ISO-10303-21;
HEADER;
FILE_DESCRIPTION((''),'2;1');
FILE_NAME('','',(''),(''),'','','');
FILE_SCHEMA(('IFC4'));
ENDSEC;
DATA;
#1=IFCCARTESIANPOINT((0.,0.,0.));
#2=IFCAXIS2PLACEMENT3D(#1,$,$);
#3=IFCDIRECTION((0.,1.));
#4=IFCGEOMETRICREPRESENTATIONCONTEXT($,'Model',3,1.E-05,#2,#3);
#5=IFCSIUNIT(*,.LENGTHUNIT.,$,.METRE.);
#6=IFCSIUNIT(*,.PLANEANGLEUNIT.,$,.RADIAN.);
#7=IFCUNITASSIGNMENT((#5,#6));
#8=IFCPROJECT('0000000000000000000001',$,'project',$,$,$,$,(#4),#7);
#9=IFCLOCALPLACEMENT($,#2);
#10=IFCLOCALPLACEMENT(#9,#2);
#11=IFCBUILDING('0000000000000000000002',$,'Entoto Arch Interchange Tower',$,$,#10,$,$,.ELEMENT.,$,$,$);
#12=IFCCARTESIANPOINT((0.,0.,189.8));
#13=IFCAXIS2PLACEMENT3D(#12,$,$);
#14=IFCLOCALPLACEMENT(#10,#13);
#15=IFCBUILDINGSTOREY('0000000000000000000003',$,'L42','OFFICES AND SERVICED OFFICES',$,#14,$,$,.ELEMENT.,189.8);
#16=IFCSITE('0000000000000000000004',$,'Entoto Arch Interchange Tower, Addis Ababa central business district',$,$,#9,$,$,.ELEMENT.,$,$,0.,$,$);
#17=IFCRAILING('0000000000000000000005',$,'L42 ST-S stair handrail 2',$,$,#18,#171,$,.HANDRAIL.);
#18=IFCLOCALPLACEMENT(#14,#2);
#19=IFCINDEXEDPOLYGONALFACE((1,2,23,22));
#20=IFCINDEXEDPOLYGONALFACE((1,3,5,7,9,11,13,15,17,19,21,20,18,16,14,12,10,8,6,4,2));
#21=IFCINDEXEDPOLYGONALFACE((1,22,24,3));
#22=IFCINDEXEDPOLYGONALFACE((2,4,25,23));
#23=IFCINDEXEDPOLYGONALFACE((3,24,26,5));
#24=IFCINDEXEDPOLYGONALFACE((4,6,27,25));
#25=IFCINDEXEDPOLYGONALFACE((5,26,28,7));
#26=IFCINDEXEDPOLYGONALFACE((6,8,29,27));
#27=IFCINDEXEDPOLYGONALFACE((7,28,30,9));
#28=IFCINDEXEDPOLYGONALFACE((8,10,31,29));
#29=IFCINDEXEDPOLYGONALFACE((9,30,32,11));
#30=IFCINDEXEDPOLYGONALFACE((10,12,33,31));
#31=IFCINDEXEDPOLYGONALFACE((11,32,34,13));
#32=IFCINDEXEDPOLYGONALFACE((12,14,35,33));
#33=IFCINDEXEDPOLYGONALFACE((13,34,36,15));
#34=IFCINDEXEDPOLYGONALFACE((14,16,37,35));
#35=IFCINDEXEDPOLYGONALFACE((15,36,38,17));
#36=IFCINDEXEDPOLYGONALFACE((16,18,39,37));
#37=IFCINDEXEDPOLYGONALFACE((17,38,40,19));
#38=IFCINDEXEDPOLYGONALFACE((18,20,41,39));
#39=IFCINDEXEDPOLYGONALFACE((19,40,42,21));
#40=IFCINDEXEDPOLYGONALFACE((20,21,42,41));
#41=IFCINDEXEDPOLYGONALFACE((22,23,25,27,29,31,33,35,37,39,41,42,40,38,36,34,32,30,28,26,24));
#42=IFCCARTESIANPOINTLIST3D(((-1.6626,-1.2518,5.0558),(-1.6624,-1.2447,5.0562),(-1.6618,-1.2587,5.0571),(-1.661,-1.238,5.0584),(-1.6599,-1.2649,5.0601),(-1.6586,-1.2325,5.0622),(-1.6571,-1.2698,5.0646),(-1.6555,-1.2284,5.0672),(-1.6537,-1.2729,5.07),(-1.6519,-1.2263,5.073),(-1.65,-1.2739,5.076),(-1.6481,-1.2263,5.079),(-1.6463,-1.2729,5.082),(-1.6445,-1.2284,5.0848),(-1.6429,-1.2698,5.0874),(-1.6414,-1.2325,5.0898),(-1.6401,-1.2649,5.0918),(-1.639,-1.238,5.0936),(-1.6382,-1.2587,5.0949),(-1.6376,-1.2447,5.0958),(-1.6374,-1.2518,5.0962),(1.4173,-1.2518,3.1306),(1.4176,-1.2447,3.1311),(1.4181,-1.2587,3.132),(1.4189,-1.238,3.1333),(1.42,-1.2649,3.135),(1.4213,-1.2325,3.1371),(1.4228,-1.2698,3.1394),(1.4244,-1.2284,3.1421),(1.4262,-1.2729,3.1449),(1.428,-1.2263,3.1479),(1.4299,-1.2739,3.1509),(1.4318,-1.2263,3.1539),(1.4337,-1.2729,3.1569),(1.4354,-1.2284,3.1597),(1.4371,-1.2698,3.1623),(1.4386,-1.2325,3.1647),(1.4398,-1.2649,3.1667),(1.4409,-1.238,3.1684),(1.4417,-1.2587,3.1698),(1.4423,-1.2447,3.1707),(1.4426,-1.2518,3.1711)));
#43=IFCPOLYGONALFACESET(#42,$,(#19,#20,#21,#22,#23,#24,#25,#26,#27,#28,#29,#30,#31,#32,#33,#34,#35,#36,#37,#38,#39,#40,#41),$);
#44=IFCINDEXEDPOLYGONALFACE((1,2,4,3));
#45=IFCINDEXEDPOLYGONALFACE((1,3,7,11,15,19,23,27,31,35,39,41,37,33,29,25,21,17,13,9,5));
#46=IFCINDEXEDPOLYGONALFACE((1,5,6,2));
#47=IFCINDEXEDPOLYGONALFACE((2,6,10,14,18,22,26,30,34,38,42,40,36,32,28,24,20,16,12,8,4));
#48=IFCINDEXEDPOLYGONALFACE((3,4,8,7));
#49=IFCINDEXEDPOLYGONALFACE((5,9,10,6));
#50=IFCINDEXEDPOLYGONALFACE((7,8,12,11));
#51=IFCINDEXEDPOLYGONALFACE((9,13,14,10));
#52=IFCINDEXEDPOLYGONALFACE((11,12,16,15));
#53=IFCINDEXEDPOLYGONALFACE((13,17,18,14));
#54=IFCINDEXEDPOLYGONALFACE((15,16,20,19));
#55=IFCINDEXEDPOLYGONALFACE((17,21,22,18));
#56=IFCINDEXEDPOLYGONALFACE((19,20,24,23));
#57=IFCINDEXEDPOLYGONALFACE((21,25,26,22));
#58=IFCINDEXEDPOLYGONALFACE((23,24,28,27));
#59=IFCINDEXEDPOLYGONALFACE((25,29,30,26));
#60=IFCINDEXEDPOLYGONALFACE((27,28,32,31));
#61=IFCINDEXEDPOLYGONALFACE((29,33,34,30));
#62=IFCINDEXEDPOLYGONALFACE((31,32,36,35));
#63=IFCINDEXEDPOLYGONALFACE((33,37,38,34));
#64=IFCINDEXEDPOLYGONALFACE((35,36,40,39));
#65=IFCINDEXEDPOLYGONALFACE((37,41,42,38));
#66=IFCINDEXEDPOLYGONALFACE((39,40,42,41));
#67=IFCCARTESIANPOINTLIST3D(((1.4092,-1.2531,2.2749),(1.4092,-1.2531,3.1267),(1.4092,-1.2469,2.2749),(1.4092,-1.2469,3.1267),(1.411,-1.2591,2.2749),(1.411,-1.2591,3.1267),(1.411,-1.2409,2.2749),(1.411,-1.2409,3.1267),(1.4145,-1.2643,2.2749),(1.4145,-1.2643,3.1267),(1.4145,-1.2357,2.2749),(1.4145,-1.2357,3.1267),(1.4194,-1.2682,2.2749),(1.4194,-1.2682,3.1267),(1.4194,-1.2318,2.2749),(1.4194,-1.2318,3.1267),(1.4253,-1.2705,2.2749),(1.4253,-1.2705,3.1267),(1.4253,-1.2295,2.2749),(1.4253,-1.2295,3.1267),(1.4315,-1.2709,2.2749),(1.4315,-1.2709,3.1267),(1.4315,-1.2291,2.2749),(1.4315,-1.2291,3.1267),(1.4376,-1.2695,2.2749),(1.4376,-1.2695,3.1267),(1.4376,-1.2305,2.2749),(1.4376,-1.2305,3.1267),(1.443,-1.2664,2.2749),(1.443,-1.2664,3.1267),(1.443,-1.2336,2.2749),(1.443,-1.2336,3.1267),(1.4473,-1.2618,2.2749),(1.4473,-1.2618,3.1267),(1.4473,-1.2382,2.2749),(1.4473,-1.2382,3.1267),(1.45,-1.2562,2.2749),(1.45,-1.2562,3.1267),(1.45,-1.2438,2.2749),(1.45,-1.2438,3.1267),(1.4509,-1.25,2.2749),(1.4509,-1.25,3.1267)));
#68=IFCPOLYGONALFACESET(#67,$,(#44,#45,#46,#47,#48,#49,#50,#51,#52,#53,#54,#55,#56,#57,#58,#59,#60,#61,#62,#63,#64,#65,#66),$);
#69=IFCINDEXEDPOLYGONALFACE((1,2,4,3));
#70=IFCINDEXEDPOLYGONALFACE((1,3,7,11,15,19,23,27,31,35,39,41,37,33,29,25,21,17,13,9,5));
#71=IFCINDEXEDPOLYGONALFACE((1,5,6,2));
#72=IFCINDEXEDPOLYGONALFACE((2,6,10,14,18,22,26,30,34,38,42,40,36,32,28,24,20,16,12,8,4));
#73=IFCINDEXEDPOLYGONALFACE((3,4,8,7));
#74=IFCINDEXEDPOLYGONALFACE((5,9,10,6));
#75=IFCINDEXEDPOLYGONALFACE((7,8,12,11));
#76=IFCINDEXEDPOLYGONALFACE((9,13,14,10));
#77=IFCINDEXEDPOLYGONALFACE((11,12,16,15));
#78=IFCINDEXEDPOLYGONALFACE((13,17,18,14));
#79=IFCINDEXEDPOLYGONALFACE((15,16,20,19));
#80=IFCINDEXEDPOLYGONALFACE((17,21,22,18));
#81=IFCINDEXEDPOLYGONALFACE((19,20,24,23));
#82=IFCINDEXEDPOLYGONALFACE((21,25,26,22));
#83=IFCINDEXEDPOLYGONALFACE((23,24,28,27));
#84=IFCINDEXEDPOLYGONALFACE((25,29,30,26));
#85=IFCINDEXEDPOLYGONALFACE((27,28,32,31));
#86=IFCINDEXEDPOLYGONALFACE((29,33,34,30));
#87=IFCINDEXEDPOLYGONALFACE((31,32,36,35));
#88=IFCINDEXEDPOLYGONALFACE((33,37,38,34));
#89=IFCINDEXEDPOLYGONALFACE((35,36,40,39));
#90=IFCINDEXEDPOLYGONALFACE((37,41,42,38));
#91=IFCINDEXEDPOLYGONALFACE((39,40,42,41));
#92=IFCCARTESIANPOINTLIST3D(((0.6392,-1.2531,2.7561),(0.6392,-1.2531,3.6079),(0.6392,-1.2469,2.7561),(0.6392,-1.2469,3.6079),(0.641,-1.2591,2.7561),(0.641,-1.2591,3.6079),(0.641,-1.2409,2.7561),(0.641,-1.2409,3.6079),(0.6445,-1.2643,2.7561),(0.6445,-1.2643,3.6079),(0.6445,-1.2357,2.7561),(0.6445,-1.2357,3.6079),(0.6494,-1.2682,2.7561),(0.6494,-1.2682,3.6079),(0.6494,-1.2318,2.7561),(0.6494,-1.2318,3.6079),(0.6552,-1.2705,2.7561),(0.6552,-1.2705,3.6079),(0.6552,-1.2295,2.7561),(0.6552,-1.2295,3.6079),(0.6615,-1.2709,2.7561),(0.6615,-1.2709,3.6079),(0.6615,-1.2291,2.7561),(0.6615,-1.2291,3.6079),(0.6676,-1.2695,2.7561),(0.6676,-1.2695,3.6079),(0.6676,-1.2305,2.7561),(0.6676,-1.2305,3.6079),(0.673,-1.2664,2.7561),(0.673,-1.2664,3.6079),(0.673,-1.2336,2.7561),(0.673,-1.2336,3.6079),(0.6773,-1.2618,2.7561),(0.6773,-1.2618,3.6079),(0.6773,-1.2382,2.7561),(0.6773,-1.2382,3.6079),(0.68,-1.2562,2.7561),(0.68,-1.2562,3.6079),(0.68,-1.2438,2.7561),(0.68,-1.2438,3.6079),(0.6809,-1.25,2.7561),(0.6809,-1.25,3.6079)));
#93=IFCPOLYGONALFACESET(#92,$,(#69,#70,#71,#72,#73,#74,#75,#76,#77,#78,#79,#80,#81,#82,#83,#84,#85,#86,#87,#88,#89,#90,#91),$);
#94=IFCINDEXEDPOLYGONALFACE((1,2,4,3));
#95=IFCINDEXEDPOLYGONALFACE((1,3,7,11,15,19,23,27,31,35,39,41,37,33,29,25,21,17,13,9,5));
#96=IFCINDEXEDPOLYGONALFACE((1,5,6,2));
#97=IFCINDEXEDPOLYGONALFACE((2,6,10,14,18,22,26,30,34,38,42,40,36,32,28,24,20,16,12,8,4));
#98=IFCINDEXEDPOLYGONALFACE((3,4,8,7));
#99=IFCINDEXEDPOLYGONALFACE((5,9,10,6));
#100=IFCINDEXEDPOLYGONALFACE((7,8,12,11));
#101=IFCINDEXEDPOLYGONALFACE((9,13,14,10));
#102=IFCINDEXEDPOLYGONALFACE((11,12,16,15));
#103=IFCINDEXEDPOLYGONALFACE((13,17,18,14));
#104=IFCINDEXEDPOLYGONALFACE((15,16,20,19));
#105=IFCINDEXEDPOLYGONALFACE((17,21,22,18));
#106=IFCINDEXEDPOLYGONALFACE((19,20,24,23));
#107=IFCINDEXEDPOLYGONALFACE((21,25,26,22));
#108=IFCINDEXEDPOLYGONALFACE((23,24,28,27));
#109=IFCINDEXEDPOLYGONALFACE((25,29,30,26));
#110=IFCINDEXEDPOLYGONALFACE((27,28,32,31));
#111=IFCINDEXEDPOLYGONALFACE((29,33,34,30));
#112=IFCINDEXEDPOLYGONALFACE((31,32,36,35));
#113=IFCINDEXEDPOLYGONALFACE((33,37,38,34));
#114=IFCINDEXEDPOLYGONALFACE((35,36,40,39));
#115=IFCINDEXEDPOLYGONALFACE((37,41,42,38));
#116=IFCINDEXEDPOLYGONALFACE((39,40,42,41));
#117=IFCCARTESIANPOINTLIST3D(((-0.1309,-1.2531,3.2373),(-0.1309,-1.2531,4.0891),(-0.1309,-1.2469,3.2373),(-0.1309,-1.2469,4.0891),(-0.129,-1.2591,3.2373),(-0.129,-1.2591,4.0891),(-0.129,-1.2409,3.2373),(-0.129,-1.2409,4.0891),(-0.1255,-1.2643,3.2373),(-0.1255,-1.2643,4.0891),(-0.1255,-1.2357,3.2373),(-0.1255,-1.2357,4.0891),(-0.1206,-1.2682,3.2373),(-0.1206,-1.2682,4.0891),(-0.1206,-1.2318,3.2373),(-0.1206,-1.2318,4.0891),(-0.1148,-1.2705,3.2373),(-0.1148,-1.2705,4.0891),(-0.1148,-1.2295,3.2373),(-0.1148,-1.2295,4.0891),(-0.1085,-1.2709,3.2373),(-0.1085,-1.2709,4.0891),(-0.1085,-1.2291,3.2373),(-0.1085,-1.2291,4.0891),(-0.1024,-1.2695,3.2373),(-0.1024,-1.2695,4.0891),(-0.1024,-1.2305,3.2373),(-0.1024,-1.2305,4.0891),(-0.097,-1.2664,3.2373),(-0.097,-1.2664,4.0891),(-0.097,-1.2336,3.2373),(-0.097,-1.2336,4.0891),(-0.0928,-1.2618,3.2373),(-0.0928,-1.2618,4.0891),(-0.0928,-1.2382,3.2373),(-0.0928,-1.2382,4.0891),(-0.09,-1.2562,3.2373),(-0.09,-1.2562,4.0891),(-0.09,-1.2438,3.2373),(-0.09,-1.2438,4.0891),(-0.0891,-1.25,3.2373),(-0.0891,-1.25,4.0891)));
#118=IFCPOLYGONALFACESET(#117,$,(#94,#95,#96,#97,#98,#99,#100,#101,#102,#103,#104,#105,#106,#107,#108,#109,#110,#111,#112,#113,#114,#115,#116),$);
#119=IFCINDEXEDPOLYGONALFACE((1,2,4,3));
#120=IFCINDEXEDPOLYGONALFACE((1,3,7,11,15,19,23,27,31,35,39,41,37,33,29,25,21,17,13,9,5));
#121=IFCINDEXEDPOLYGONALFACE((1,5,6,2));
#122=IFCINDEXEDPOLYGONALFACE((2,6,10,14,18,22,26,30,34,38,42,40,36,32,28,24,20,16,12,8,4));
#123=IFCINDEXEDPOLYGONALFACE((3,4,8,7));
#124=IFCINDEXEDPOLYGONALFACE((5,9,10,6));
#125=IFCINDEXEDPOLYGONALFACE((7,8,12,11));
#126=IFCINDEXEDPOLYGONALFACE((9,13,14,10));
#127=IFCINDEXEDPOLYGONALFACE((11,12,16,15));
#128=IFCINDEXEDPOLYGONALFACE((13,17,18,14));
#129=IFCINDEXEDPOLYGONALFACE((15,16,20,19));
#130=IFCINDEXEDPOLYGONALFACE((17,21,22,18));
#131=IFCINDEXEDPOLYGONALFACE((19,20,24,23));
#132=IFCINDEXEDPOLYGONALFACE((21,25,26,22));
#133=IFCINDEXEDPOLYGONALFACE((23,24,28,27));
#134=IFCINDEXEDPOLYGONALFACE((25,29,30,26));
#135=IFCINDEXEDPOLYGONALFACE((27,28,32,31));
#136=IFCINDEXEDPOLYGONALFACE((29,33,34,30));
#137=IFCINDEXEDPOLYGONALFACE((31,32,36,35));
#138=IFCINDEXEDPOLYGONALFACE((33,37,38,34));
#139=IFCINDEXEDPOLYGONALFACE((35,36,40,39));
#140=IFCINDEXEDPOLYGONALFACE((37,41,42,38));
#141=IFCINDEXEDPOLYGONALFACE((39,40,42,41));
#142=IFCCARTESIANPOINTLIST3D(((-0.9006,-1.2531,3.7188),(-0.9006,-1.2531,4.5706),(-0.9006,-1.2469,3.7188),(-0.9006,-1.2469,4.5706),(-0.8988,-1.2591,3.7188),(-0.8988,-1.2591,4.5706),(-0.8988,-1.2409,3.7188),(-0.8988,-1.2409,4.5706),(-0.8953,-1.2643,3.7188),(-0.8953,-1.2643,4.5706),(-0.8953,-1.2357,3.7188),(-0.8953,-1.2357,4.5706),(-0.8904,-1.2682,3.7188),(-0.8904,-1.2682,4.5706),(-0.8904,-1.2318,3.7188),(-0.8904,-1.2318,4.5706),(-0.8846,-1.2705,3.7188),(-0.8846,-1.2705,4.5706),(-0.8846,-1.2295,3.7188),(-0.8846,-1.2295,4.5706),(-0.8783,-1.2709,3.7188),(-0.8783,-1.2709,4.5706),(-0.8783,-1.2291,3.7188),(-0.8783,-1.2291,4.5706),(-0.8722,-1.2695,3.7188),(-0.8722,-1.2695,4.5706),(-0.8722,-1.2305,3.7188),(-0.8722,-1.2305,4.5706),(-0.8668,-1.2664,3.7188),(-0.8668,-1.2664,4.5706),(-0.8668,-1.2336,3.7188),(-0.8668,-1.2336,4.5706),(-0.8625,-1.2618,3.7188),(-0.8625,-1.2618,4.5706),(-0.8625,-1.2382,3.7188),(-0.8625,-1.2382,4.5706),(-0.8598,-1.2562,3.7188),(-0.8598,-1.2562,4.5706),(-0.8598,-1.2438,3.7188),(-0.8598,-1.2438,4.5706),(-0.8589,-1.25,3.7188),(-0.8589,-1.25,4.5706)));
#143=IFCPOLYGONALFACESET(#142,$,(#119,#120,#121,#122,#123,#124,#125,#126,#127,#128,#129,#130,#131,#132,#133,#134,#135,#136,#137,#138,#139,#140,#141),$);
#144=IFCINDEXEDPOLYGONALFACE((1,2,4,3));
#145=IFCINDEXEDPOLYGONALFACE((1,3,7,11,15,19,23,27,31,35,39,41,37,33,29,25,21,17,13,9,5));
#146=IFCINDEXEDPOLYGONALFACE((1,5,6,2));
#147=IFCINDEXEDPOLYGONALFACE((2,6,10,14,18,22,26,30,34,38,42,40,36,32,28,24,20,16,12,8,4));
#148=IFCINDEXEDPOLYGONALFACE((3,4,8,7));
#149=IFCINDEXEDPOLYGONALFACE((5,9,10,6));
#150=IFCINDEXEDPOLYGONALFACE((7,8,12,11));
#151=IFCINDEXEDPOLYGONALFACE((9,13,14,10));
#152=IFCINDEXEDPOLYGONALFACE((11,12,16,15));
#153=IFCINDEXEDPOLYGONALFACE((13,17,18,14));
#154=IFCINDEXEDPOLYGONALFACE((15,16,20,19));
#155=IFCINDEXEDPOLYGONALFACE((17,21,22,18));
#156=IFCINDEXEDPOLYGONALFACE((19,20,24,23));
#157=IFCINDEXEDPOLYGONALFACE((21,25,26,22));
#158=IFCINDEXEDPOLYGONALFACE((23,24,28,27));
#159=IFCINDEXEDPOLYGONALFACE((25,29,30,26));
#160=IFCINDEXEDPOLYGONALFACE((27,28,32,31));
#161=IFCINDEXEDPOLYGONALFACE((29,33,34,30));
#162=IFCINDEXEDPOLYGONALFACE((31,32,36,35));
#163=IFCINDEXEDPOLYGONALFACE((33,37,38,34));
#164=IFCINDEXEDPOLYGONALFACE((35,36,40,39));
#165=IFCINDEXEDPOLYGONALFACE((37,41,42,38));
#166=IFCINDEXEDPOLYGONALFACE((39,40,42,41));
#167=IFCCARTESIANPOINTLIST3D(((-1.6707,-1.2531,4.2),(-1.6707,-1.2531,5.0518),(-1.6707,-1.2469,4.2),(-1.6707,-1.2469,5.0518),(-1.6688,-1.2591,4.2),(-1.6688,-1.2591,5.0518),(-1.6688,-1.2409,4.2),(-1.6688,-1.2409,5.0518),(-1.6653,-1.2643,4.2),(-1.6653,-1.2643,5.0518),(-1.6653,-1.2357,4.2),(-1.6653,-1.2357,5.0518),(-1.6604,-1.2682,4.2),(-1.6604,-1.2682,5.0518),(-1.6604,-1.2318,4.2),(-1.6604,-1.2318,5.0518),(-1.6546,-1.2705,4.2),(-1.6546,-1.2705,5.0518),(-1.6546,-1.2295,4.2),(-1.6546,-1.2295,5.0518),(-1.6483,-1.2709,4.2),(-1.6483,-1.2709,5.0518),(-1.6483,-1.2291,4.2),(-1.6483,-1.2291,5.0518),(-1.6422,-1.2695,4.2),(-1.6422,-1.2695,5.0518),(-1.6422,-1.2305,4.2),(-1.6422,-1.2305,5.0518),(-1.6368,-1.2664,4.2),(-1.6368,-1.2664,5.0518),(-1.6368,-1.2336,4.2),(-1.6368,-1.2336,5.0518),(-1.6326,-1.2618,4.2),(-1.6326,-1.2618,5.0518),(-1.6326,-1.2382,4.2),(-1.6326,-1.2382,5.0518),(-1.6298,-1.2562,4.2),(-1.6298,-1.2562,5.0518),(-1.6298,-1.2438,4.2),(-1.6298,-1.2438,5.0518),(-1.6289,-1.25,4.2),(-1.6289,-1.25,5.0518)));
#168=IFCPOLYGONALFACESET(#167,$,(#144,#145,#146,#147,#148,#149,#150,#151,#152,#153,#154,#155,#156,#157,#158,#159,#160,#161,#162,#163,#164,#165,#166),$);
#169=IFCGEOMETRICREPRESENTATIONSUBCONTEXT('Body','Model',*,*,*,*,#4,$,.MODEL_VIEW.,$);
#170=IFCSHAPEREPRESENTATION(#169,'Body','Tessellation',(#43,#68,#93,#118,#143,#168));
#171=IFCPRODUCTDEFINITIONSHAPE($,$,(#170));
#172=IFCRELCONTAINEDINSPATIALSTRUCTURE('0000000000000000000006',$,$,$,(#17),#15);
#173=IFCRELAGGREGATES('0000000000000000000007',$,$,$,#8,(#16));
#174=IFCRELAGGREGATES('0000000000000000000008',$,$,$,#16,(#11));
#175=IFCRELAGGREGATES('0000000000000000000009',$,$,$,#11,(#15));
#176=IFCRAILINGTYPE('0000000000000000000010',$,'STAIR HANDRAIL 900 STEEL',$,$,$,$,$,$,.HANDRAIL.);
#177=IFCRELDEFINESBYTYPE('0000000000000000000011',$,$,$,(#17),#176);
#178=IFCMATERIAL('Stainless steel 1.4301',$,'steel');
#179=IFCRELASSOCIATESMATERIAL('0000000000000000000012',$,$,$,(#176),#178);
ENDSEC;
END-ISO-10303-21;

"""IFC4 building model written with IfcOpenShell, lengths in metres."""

from ifc_helpers import new_model, si_unit, direction, frame, origin, origin_2d, place, context, subcontext, project, spatial, circle, extrude, material, type_object, element, save


model = new_model("IFC4")

# Units and contexts
model_context = context("Model", 3, precision=1e-05, world=origin(), true_north=direction((0.0, 1.0)))
body_context = subcontext(model_context, "Body", "Model", "MODEL_VIEW")
ifc_project = project(units=[si_unit("LENGTHUNIT", "METRE"), si_unit("PLANEANGLEUNIT", "RADIAN")], contexts=[model_context])

# Site, building, storey
site_placement = place(None, origin())
site = spatial("IfcSite", under=ifc_project, at=site_placement, Name="Entoto Arch Interchange Tower, Addis Ababa central business district", CompositionType="ELEMENT", RefElevation=0.0)
building_placement = place(site_placement, origin())
building = spatial("IfcBuilding", under=site, at=building_placement, Name="Entoto Arch Interchange Tower", CompositionType="ELEMENT")
storey_placement = place(building_placement, frame((0.0, 0.0, 189.8)))
storey = spatial("IfcBuildingStorey", under=building, at=storey_placement, Name="L42", Description="OFFICES AND SERVICED OFFICES", CompositionType="ELEMENT", Elevation=189.8)

# Railing
ifc_material_1 = material(Name="Stainless steel 1.4301", Category="steel")
railing_type_1 = type_object("IfcRailingType", Name="STAIR HANDRAIL 900 STEEL", PredefinedType="HANDRAIL", material=ifc_material_1)
railing_1_placement = place(storey_placement, frame((1.4299, -1.25, 2.2749)))
element("IfcRailing", 1, at=railing_1_placement, inside=storey, type_object=railing_type_1, Name="L42 ST-S stair handrail 2", PredefinedType="HANDRAIL", context=body_context, shape_type="SweptSolid", body=[
    extrude(circle(Radius=0.0239, at=origin_2d()), frame((0.0, 0.0, 0.876), z_axis=(-0.847979, 0.0, 0.530029), x_axis=(0.0, -1.0, 0.0)), (0.0, 0.0, 1.0), 3.6321),
    extrude(circle(Radius=0.021, at=origin_2d()), origin(), (0.0, 0.0, 1.0), 0.8518),
    extrude(circle(Radius=0.021, at=origin_2d()), frame((-0.77, 0.0, 0.4812)), (0.0, 0.0, 1.0), 0.8518),
    extrude(circle(Radius=0.021, at=origin_2d()), frame((-1.54, 0.0, 0.9624)), (0.0, 0.0, 1.0), 0.8518),
    extrude(circle(Radius=0.021, at=origin_2d()), frame((-2.3098, 0.0, 1.4438)), (0.0, 0.0, 1.0), 0.8518),
    extrude(circle(Radius=0.021, at=origin_2d()), frame((-3.0798, 0.0, 1.925)), (0.0, 0.0, 1.0), 0.8518),
])

save(model, "model.ifc")
